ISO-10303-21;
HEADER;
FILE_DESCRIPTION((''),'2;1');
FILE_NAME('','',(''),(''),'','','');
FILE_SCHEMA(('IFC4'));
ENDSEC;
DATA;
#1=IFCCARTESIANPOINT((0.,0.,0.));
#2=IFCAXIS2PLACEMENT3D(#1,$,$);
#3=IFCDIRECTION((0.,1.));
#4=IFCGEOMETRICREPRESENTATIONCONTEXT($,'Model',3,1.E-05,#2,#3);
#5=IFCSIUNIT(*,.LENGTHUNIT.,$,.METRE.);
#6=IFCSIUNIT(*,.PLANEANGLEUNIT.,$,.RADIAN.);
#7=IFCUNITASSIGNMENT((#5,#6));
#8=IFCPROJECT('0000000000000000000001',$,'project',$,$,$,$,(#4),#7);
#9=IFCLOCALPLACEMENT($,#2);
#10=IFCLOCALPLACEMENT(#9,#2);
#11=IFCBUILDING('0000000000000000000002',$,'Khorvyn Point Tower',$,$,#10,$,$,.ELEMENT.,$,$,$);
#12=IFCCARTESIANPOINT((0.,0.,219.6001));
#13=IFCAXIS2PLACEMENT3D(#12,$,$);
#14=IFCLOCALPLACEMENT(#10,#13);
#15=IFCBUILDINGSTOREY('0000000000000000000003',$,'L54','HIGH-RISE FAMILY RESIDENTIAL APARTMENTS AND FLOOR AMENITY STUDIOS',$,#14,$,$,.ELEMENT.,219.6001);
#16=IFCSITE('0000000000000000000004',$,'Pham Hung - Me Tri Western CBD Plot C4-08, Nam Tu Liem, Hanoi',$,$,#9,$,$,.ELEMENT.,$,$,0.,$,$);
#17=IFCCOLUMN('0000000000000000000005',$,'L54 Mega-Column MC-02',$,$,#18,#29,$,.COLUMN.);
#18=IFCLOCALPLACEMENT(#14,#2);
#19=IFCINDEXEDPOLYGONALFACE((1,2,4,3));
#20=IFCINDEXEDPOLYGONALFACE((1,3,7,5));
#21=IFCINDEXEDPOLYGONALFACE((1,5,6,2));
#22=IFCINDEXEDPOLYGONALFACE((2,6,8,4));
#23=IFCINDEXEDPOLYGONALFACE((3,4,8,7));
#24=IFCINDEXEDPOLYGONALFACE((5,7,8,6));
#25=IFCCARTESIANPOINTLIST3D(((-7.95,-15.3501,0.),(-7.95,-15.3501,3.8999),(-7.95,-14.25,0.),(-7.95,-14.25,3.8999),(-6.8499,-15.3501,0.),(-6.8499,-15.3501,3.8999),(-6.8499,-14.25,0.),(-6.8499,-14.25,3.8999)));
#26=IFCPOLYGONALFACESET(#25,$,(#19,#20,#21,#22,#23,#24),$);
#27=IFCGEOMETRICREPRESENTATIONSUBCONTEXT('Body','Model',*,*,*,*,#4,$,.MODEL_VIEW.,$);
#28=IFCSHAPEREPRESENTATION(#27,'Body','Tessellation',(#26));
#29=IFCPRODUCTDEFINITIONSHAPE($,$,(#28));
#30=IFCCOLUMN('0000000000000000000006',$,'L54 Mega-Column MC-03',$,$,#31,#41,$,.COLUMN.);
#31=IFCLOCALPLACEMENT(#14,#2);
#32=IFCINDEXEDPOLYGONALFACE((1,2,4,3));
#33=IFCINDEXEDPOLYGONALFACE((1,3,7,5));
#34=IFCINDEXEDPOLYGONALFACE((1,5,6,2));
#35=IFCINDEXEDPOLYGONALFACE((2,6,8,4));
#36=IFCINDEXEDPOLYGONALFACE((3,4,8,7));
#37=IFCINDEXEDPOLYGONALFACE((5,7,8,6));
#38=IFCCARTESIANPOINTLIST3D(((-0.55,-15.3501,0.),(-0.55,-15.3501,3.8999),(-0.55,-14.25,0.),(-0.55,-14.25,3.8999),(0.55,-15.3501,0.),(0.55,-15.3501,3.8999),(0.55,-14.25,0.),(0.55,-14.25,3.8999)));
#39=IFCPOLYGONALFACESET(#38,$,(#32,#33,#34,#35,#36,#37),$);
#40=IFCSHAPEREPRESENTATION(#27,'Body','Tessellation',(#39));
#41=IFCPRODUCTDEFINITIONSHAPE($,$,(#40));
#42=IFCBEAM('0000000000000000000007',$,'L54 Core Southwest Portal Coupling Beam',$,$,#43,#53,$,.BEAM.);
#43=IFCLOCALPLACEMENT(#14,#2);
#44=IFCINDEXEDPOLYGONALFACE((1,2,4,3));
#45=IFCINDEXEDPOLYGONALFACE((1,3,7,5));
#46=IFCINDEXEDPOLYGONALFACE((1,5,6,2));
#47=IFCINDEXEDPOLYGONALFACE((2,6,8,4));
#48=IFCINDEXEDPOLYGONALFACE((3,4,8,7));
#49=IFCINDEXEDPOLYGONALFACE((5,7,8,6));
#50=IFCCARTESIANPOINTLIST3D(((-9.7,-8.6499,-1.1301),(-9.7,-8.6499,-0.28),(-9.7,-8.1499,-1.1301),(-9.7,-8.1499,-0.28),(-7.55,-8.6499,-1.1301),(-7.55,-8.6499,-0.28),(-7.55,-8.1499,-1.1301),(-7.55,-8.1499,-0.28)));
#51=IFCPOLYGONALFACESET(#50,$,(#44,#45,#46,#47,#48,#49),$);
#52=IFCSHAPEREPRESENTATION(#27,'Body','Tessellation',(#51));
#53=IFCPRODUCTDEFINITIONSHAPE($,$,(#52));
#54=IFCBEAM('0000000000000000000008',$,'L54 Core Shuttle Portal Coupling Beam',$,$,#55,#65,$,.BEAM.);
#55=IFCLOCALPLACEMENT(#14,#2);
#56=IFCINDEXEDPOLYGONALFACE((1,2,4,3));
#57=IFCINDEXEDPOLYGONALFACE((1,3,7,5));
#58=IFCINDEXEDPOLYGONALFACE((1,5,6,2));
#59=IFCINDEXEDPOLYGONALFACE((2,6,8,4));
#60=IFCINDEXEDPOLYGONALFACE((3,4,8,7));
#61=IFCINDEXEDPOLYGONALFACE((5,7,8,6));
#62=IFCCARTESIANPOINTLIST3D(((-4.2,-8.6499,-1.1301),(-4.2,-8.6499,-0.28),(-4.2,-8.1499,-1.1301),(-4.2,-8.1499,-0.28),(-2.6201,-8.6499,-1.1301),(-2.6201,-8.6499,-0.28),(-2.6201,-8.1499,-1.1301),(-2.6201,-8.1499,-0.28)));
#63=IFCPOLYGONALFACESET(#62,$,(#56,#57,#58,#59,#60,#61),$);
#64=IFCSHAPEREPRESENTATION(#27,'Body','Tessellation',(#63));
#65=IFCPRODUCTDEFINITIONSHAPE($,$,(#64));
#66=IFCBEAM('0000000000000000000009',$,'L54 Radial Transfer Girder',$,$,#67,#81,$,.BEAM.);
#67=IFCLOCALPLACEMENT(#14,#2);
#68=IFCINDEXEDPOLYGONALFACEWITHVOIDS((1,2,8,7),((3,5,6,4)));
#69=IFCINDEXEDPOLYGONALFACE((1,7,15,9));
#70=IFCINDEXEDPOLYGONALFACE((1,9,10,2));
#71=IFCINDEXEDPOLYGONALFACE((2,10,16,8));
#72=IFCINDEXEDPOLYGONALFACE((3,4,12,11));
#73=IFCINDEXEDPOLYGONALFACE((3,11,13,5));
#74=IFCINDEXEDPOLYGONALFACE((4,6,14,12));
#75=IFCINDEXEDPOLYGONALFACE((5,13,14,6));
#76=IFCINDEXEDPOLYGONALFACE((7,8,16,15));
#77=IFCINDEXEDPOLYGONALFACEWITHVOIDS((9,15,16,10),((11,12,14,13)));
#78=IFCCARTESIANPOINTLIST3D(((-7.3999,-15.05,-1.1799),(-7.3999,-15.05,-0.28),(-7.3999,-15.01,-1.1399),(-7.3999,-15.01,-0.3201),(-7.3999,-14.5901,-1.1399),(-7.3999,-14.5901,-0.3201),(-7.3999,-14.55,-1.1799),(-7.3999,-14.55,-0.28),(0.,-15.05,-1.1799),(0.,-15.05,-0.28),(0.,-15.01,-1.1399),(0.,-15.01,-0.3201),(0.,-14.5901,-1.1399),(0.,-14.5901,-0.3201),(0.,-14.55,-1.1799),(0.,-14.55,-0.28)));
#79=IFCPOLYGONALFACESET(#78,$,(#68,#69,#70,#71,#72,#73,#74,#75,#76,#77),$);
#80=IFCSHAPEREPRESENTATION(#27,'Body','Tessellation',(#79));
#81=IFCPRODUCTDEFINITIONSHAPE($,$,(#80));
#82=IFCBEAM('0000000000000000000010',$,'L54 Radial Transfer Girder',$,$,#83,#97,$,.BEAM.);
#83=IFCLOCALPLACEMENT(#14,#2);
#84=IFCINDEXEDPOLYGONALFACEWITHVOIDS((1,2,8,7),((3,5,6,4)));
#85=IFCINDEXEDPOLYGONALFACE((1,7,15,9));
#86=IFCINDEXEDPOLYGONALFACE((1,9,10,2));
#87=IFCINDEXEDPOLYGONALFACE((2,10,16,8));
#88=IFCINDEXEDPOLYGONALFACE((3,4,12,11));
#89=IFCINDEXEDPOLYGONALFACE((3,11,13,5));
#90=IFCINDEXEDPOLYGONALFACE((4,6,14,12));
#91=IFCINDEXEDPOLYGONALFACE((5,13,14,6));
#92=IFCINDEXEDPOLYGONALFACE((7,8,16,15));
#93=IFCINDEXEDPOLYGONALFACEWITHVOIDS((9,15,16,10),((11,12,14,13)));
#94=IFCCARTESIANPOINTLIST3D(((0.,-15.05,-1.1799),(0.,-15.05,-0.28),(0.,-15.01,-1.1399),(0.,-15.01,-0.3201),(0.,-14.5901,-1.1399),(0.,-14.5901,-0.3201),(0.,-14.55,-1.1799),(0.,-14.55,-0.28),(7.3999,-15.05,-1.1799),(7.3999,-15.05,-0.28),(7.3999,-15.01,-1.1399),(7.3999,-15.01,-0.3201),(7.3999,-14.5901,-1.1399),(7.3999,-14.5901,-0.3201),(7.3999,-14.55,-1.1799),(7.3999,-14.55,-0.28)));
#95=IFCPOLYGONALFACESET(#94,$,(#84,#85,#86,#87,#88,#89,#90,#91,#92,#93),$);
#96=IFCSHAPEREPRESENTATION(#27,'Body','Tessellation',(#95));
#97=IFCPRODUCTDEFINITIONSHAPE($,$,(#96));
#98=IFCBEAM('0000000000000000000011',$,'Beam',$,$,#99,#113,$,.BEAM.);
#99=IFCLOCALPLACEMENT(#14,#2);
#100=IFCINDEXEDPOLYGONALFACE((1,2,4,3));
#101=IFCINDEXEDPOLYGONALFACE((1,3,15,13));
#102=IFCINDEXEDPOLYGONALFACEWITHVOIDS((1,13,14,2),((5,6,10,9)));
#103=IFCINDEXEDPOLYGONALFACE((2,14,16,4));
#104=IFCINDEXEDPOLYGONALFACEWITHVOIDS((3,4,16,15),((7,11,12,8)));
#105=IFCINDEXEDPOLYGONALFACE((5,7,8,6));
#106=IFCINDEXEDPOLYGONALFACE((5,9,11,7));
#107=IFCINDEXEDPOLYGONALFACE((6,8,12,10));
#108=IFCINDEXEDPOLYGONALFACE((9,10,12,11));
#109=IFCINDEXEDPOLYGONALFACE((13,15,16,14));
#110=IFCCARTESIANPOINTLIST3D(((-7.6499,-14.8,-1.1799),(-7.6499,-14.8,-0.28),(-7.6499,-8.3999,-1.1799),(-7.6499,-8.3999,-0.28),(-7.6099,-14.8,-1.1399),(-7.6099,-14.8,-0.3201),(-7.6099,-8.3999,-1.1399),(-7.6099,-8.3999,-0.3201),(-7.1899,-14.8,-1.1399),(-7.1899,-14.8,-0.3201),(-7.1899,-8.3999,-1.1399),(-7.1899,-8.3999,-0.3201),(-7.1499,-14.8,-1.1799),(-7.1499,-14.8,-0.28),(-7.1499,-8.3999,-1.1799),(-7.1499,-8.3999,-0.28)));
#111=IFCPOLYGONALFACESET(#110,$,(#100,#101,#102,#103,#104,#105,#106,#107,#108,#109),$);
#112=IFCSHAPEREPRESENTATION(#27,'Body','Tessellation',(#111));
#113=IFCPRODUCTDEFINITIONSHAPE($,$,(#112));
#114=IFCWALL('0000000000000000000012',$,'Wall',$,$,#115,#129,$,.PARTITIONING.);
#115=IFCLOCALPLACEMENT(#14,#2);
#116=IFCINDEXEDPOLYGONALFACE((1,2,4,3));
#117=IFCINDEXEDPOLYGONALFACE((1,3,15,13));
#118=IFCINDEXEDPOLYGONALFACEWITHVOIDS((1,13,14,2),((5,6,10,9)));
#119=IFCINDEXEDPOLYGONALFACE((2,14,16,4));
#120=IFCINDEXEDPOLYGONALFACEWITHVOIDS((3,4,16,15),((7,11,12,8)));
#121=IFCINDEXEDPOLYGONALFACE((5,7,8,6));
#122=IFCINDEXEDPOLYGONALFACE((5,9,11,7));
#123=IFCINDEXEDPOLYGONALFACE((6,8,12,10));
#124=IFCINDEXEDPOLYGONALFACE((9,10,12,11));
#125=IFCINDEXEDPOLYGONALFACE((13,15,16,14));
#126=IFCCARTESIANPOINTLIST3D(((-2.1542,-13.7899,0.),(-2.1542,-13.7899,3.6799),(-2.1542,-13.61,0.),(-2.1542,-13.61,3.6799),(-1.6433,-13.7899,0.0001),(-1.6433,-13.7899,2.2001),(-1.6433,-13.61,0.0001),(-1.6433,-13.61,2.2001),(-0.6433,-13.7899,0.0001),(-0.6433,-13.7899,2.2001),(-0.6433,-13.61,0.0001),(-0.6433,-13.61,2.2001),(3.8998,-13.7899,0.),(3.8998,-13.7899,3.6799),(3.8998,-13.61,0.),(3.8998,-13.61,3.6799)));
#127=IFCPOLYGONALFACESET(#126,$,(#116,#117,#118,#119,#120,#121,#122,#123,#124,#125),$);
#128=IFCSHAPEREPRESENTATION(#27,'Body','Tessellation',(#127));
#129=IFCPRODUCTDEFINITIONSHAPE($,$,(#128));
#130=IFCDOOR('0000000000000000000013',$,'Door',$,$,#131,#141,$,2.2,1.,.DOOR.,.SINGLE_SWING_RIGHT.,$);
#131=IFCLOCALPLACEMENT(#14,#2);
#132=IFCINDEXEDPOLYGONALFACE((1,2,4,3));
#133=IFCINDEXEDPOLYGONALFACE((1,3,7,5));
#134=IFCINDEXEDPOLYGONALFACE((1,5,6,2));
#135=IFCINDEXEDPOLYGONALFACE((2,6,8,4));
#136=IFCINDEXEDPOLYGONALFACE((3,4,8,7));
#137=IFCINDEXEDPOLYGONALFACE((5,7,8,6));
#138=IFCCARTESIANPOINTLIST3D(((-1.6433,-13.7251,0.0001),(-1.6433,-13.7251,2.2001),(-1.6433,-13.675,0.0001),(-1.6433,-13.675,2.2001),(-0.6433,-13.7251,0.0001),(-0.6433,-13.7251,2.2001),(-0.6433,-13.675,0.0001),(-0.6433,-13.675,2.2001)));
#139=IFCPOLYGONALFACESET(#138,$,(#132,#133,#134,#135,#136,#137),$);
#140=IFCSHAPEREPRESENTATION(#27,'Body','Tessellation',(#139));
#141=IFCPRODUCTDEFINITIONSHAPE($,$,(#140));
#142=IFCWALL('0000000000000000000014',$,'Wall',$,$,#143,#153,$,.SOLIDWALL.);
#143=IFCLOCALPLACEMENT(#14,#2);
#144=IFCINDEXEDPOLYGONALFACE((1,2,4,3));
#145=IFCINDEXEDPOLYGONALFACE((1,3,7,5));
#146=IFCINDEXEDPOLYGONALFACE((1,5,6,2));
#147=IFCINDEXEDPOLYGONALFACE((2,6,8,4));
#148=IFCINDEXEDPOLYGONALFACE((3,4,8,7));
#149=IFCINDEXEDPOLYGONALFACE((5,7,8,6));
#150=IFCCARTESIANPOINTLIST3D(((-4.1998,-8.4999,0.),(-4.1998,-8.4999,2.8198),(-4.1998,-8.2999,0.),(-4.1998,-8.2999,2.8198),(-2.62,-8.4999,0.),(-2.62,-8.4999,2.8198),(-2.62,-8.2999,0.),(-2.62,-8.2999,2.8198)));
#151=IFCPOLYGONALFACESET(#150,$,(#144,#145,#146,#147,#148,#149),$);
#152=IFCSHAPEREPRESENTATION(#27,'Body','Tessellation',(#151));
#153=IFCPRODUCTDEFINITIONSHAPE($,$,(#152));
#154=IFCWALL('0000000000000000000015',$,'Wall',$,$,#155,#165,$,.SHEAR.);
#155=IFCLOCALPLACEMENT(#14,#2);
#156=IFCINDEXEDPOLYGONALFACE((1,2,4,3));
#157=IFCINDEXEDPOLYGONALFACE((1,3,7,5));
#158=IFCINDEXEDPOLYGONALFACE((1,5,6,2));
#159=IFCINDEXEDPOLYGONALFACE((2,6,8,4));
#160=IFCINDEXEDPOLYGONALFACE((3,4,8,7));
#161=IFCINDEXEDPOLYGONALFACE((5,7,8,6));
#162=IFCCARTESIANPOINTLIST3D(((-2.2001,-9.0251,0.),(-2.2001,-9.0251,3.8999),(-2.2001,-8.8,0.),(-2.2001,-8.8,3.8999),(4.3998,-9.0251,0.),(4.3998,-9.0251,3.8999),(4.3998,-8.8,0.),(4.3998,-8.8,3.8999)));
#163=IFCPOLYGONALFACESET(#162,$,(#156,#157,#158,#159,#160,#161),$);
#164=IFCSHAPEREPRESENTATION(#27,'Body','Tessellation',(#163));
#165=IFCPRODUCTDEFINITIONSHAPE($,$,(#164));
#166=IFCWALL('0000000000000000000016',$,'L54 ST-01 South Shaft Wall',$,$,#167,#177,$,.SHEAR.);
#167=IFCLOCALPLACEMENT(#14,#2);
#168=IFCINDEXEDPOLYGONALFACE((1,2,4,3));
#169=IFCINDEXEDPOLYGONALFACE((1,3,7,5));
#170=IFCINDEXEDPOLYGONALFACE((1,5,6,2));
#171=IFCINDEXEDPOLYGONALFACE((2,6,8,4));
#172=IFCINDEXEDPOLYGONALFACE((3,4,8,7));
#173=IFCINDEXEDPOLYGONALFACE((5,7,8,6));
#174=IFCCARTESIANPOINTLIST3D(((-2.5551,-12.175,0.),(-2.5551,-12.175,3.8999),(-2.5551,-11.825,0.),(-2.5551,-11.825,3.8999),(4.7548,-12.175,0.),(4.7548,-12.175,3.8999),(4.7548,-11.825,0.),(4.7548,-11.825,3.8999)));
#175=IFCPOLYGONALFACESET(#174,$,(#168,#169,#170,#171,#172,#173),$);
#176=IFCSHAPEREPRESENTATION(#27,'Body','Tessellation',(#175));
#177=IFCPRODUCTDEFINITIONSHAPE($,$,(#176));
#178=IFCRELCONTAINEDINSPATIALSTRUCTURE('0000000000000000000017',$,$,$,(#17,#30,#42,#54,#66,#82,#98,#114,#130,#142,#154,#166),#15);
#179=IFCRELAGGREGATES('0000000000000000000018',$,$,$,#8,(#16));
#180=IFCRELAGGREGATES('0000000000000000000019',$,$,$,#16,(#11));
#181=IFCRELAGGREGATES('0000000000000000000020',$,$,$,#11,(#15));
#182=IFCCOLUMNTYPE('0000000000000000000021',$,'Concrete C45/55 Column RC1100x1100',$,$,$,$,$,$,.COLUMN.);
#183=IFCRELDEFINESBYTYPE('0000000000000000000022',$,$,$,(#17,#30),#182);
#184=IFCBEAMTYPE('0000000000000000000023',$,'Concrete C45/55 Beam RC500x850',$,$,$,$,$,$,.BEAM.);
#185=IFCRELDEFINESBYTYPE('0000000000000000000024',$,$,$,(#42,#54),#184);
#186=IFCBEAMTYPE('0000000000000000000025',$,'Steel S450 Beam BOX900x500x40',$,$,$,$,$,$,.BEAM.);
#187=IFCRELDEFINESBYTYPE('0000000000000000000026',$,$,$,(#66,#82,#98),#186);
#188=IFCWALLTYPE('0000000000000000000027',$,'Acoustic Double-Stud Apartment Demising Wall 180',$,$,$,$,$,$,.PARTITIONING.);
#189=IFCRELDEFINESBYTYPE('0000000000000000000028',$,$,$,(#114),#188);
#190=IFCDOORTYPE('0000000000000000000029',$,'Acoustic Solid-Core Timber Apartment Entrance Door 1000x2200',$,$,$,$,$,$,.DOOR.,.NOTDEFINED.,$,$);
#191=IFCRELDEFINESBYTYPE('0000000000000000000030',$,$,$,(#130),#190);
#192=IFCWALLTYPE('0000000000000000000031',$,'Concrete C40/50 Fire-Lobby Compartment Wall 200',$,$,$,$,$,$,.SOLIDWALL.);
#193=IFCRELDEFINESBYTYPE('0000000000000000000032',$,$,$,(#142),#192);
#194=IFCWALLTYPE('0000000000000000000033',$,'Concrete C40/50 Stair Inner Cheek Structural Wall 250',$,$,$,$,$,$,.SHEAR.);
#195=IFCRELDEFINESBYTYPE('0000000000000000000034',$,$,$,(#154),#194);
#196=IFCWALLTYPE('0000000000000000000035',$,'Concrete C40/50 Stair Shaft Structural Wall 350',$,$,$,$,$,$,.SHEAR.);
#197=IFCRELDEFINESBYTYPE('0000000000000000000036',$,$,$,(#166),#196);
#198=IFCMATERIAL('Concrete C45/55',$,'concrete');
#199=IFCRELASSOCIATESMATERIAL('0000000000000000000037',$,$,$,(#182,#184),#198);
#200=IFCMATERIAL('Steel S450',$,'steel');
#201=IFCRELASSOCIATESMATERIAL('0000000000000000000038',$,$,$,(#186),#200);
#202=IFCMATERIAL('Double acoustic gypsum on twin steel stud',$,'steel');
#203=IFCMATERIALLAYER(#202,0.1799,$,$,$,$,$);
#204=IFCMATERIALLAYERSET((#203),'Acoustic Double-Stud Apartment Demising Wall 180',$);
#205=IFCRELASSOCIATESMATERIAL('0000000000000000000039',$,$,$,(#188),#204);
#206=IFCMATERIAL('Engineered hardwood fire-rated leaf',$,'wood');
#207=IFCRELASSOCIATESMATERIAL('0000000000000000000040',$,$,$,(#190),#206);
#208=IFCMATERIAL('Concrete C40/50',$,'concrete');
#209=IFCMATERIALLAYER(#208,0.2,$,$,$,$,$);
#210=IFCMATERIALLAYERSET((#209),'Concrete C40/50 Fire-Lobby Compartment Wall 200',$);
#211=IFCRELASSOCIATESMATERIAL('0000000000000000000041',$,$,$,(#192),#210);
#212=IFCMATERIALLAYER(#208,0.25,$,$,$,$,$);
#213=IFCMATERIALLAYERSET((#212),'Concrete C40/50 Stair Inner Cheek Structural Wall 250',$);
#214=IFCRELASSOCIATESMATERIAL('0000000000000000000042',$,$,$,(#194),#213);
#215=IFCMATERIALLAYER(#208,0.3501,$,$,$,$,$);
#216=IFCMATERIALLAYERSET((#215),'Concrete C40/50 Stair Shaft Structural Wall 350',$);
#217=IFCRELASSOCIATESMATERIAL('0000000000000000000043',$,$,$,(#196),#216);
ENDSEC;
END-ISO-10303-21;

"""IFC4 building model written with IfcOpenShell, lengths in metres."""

from ifc_helpers import new_model, si_unit, direction, frame, frame_2d, origin, origin_2d, place, context, subcontext, project, spatial, rectangle, hollow_rectangle, extrude, material, layer, layer_set, material_profile, profile_set, type_object, element, fill, save


model = new_model("IFC4")

# Units and contexts
model_context = context("Model", 3, precision=1e-05, world=origin(), true_north=direction((0.0, 1.0)))
body_context = subcontext(model_context, "Body", "Model", "MODEL_VIEW")
ifc_project = project(units=[si_unit("LENGTHUNIT", "METRE"), si_unit("PLANEANGLEUNIT", "RADIAN")], contexts=[model_context])

# Site, building, storey
site_placement = place(None, origin())
site = spatial("IfcSite", under=ifc_project, at=site_placement, Name="Pham Hung - Me Tri Western CBD Plot C4-08, Nam Tu Liem, Hanoi", CompositionType="ELEMENT", RefElevation=0.0)
building_placement = place(site_placement, origin())
building = spatial("IfcBuilding", under=site, at=building_placement, Name="Khorvyn Point Tower", CompositionType="ELEMENT")
storey_placement = place(building_placement, frame((0.0, 0.0, 219.6001)))
storey = spatial("IfcBuildingStorey", under=building, at=storey_placement, Name="L54", Description="HIGH-RISE FAMILY RESIDENTIAL APARTMENTS AND FLOOR AMENITY STUDIOS", CompositionType="ELEMENT", Elevation=219.6001)

# Columns
ifc_material_1 = material(Name="Concrete C45/55", Category="concrete")
ifc_material_profile_1 = material_profile(ifc_material_1, rectangle(XDim=1.1001, YDim=1.1001, at=origin_2d()))
ifc_profile_set_1 = profile_set([ifc_material_profile_1], Name="Concrete C45/55 RC1100x1100")
column_type = type_object("IfcColumnType", Name="Concrete C45/55 Column RC1100x1100", PredefinedType="COLUMN", material=ifc_profile_set_1)
for number, where, z_axis, x_axis, name in (
    (1, (-7.3999, -14.8, 0.0), (0.0, 0.0, 1.0), (1.0, 0.0, 0.0), "L54 Mega-Column MC-02"),
    (2, (0.0, -14.8, 0.0), (0.0, 0.0, 1.0), (1.0, 0.0, 0.0), "L54 Mega-Column MC-03"),
):
    element("IfcColumn", number, at=place(storey_placement, frame(where, z_axis=z_axis, x_axis=x_axis)), inside=storey, type_object=column_type, Name=name, PredefinedType="COLUMN", context=body_context, shape_type="SweptSolid", body=[
        extrude(rectangle(XDim=1.1001, YDim=1.1001, at=origin_2d()), origin(), (0.0, 0.0, 1.0), 3.8999),
    ])

# Beams
ifc_material_profile_2 = material_profile(ifc_material_1, rectangle(XDim=0.5, YDim=0.8501, at=origin_2d()))
ifc_profile_set_2 = profile_set([ifc_material_profile_2], Name="Concrete C45/55 RC500x850")
beam_type_1 = type_object("IfcBeamType", Name="Concrete C45/55 Beam RC500x850", PredefinedType="BEAM", material=ifc_profile_set_2)
beam_1_placement = place(storey_placement, frame((-9.7, -8.3999, -0.7051), z_axis=(1.0, 0.0, 0.0), x_axis=(0.0, 1.0, 0.0)))
element("IfcBeam", 3, at=beam_1_placement, inside=storey, type_object=beam_type_1, Name="L54 Core Southwest Portal Coupling Beam", PredefinedType="BEAM", context=body_context, shape_type="SweptSolid", body=[
    extrude(rectangle(XDim=0.5, YDim=0.8501, at=origin_2d()), origin(), (0.0, 0.0, 1.0), 2.1499),
])
beam_2_placement = place(storey_placement, frame((-4.2, -8.3999, -0.7051), z_axis=(1.0, 0.0, 0.0), x_axis=(0.0, 1.0, 0.0)))
element("IfcBeam", 4, at=beam_2_placement, inside=storey, type_object=beam_type_1, Name="L54 Core Shuttle Portal Coupling Beam", PredefinedType="BEAM", context=body_context, shape_type="SweptSolid", body=[
    extrude(rectangle(XDim=0.5, YDim=0.8501, at=origin_2d()), origin(), (0.0, 0.0, 1.0), 1.5798),
])
ifc_material_2 = material(Name="Steel S450", Category="steel")
ifc_material_profile_3 = material_profile(ifc_material_2, hollow_rectangle(XDim=0.5, YDim=0.8999, WallThickness=0.04, at=origin_2d()))
ifc_profile_set_3 = profile_set([ifc_material_profile_3], Name="Steel S450 BOX900x500x40")
beam_type_2 = type_object("IfcBeamType", Name="Steel S450 Beam BOX900x500x40", PredefinedType="BEAM", material=ifc_profile_set_3)
for number, where, z_axis, x_axis, name in (
    (5, (-7.3999, -14.8, -0.73), (1.0, 0.0, 0.0), (0.0, 1.0, 0.0), "L54 Radial Transfer Girder"),
    (6, (0.0, -14.8, -0.73), (1.0, 0.0, 0.0), (0.0, 1.0, 0.0), "L54 Radial Transfer Girder"),
):
    element("IfcBeam", number, at=place(storey_placement, frame(where, z_axis=z_axis, x_axis=x_axis)), inside=storey, type_object=beam_type_2, Name=name, PredefinedType="BEAM", context=body_context, shape_type="SweptSolid", body=[
        extrude(hollow_rectangle(XDim=0.5, YDim=0.8999, WallThickness=0.04, at=origin_2d()), origin(), (0.0, 0.0, 1.0), 7.3999),
    ])
beam_3_placement = place(storey_placement, frame((-7.3999, -14.8, -0.73), z_axis=(0.0, 1.0, 0.0), x_axis=(-1.0, 0.0, 0.0)))
element("IfcBeam", 7, at=beam_3_placement, inside=storey, type_object=beam_type_2, Name="Beam", PredefinedType="BEAM", context=body_context, shape_type="SweptSolid", body=[
    extrude(hollow_rectangle(XDim=0.5, YDim=0.8999, WallThickness=0.04, at=origin_2d()), origin(), (0.0, 0.0, 1.0), 6.4001),
])

# Wall, opening, door
ifc_material_3 = material(Name="Double acoustic gypsum on twin steel stud", Category="steel")
ifc_layer_1 = layer(ifc_material_3, 0.1799)
ifc_layer_set_1 = layer_set([ifc_layer_1], Name="Acoustic Double-Stud Apartment Demising Wall 180")
wall_type_1 = type_object("IfcWallType", Name="Acoustic Double-Stud Apartment Demising Wall 180", PredefinedType="PARTITIONING", material=ifc_layer_set_1)
wall_1_placement = place(storey_placement, frame((-2.1541, -13.7, 0.0), z_axis=(0.0, 0.0, 1.0), x_axis=(1.0, 0.0, 0.0)))
wall_1 = element("IfcWall", 8, at=wall_1_placement, inside=storey, type_object=wall_type_1, Name="Wall", PredefinedType="PARTITIONING", context=body_context, shape_type="SweptSolid", body=[
    extrude(rectangle(XDim=6.054, YDim=0.1799, at=frame_2d((3.0269, 0.0))), origin(), (0.0, 0.0, 1.0), 3.6799),
])
opening_1_placement = place(wall_1_placement, frame((0.5107, 0.0, 0.0)))
opening_1 = element("IfcOpeningElement", 9, at=opening_1_placement, cuts=wall_1, PredefinedType="OPENING", context=body_context, shape_type="SweptSolid", body=[
    extrude(rectangle(XDim=1.0, YDim=2.2, at=frame_2d((0.5, 1.1001))), frame((0.0, 0.0999, 0.0), z_axis=(0.0, -1.0, 0.0), x_axis=(1.0, 0.0, 0.0)), (0.0, 0.0, 1.0), 0.2),
])
ifc_material_4 = material(Name="Engineered hardwood fire-rated leaf", Category="wood")
door_type_1 = type_object("IfcDoorType", Name="Acoustic Solid-Core Timber Apartment Entrance Door 1000x2200", OperationType="NOTDEFINED", PredefinedType="DOOR", material=ifc_material_4)
door_1_placement = place(opening_1_placement, origin())
door_1 = element("IfcDoor", 10, at=door_1_placement, inside=storey, type_object=door_type_1, Name="Door", OperationType="SINGLE_SWING_RIGHT", OverallHeight=2.2, OverallWidth=1.0, PredefinedType="DOOR", context=body_context, shape_type="SweptSolid", body=[
    extrude(rectangle(XDim=1.0, YDim=2.2, at=frame_2d((0.5, 1.1001))), frame((0.0, 0.0249, 0.0), z_axis=(0.0, -1.0, 0.0), x_axis=(1.0, 0.0, 0.0)), (0.0, 0.0, 1.0), 0.05),
])
fill(opening_1, door_1)
ifc_material_5 = material(Name="Concrete C40/50", Category="concrete")
ifc_layer_2 = layer(ifc_material_5, 0.2)
ifc_layer_set_2 = layer_set([ifc_layer_2], Name="Concrete C40/50 Fire-Lobby Compartment Wall 200")
wall_type_2 = type_object("IfcWallType", Name="Concrete C40/50 Fire-Lobby Compartment Wall 200", PredefinedType="SOLIDWALL", material=ifc_layer_set_2)

# Walls
wall_2_placement = place(storey_placement, frame((-4.2, -8.3999, 0.0), z_axis=(0.0, 0.0, 1.0), x_axis=(1.0, 0.0, 0.0)))
element("IfcWall", 11, at=wall_2_placement, inside=storey, type_object=wall_type_2, Name="Wall", PredefinedType="SOLIDWALL", context=body_context, shape_type="SweptSolid", body=[
    extrude(rectangle(XDim=1.5798, YDim=0.2, at=frame_2d((0.79, 0.0))), origin(), (0.0, 0.0, 1.0), 2.8198),
])
ifc_layer_3 = layer(ifc_material_5, 0.25)
ifc_layer_set_3 = layer_set([ifc_layer_3], Name="Concrete C40/50 Stair Inner Cheek Structural Wall 250")
wall_type_3 = type_object("IfcWallType", Name="Concrete C40/50 Stair Inner Cheek Structural Wall 250", PredefinedType="SHEAR", material=ifc_layer_set_3)
wall_3_placement = place(storey_placement, frame((-2.2, -8.9126, 0.0), z_axis=(0.0, 0.0, 1.0), x_axis=(1.0, 0.0, 0.0)))
element("IfcWall", 12, at=wall_3_placement, inside=storey, type_object=wall_type_3, Name="Wall", PredefinedType="SHEAR", context=body_context, shape_type="SweptSolid", body=[
    extrude(rectangle(XDim=6.5999, YDim=0.2251, at=frame_2d((3.2998, 0.0))), origin(), (0.0, 0.0, 1.0), 3.8999),
])
ifc_layer_4 = layer(ifc_material_5, 0.3501)
ifc_layer_set_4 = layer_set([ifc_layer_4], Name="Concrete C40/50 Stair Shaft Structural Wall 350")
wall_type_4 = type_object("IfcWallType", Name="Concrete C40/50 Stair Shaft Structural Wall 350", PredefinedType="SHEAR", material=ifc_layer_set_4)
wall_4_placement = place(storey_placement, frame((-2.5549, -12.0, 0.0), z_axis=(0.0, 0.0, 1.0), x_axis=(1.0, 0.0, 0.0)))
element("IfcWall", 13, at=wall_4_placement, inside=storey, type_object=wall_type_4, Name="L54 ST-01 South Shaft Wall", PredefinedType="SHEAR", context=body_context, shape_type="SweptSolid", body=[
    extrude(rectangle(XDim=7.3098, YDim=0.3501, at=frame_2d((3.6548, 0.0))), origin(), (0.0, 0.0, 1.0), 3.8999),
])

save(model, "model.ifc")
